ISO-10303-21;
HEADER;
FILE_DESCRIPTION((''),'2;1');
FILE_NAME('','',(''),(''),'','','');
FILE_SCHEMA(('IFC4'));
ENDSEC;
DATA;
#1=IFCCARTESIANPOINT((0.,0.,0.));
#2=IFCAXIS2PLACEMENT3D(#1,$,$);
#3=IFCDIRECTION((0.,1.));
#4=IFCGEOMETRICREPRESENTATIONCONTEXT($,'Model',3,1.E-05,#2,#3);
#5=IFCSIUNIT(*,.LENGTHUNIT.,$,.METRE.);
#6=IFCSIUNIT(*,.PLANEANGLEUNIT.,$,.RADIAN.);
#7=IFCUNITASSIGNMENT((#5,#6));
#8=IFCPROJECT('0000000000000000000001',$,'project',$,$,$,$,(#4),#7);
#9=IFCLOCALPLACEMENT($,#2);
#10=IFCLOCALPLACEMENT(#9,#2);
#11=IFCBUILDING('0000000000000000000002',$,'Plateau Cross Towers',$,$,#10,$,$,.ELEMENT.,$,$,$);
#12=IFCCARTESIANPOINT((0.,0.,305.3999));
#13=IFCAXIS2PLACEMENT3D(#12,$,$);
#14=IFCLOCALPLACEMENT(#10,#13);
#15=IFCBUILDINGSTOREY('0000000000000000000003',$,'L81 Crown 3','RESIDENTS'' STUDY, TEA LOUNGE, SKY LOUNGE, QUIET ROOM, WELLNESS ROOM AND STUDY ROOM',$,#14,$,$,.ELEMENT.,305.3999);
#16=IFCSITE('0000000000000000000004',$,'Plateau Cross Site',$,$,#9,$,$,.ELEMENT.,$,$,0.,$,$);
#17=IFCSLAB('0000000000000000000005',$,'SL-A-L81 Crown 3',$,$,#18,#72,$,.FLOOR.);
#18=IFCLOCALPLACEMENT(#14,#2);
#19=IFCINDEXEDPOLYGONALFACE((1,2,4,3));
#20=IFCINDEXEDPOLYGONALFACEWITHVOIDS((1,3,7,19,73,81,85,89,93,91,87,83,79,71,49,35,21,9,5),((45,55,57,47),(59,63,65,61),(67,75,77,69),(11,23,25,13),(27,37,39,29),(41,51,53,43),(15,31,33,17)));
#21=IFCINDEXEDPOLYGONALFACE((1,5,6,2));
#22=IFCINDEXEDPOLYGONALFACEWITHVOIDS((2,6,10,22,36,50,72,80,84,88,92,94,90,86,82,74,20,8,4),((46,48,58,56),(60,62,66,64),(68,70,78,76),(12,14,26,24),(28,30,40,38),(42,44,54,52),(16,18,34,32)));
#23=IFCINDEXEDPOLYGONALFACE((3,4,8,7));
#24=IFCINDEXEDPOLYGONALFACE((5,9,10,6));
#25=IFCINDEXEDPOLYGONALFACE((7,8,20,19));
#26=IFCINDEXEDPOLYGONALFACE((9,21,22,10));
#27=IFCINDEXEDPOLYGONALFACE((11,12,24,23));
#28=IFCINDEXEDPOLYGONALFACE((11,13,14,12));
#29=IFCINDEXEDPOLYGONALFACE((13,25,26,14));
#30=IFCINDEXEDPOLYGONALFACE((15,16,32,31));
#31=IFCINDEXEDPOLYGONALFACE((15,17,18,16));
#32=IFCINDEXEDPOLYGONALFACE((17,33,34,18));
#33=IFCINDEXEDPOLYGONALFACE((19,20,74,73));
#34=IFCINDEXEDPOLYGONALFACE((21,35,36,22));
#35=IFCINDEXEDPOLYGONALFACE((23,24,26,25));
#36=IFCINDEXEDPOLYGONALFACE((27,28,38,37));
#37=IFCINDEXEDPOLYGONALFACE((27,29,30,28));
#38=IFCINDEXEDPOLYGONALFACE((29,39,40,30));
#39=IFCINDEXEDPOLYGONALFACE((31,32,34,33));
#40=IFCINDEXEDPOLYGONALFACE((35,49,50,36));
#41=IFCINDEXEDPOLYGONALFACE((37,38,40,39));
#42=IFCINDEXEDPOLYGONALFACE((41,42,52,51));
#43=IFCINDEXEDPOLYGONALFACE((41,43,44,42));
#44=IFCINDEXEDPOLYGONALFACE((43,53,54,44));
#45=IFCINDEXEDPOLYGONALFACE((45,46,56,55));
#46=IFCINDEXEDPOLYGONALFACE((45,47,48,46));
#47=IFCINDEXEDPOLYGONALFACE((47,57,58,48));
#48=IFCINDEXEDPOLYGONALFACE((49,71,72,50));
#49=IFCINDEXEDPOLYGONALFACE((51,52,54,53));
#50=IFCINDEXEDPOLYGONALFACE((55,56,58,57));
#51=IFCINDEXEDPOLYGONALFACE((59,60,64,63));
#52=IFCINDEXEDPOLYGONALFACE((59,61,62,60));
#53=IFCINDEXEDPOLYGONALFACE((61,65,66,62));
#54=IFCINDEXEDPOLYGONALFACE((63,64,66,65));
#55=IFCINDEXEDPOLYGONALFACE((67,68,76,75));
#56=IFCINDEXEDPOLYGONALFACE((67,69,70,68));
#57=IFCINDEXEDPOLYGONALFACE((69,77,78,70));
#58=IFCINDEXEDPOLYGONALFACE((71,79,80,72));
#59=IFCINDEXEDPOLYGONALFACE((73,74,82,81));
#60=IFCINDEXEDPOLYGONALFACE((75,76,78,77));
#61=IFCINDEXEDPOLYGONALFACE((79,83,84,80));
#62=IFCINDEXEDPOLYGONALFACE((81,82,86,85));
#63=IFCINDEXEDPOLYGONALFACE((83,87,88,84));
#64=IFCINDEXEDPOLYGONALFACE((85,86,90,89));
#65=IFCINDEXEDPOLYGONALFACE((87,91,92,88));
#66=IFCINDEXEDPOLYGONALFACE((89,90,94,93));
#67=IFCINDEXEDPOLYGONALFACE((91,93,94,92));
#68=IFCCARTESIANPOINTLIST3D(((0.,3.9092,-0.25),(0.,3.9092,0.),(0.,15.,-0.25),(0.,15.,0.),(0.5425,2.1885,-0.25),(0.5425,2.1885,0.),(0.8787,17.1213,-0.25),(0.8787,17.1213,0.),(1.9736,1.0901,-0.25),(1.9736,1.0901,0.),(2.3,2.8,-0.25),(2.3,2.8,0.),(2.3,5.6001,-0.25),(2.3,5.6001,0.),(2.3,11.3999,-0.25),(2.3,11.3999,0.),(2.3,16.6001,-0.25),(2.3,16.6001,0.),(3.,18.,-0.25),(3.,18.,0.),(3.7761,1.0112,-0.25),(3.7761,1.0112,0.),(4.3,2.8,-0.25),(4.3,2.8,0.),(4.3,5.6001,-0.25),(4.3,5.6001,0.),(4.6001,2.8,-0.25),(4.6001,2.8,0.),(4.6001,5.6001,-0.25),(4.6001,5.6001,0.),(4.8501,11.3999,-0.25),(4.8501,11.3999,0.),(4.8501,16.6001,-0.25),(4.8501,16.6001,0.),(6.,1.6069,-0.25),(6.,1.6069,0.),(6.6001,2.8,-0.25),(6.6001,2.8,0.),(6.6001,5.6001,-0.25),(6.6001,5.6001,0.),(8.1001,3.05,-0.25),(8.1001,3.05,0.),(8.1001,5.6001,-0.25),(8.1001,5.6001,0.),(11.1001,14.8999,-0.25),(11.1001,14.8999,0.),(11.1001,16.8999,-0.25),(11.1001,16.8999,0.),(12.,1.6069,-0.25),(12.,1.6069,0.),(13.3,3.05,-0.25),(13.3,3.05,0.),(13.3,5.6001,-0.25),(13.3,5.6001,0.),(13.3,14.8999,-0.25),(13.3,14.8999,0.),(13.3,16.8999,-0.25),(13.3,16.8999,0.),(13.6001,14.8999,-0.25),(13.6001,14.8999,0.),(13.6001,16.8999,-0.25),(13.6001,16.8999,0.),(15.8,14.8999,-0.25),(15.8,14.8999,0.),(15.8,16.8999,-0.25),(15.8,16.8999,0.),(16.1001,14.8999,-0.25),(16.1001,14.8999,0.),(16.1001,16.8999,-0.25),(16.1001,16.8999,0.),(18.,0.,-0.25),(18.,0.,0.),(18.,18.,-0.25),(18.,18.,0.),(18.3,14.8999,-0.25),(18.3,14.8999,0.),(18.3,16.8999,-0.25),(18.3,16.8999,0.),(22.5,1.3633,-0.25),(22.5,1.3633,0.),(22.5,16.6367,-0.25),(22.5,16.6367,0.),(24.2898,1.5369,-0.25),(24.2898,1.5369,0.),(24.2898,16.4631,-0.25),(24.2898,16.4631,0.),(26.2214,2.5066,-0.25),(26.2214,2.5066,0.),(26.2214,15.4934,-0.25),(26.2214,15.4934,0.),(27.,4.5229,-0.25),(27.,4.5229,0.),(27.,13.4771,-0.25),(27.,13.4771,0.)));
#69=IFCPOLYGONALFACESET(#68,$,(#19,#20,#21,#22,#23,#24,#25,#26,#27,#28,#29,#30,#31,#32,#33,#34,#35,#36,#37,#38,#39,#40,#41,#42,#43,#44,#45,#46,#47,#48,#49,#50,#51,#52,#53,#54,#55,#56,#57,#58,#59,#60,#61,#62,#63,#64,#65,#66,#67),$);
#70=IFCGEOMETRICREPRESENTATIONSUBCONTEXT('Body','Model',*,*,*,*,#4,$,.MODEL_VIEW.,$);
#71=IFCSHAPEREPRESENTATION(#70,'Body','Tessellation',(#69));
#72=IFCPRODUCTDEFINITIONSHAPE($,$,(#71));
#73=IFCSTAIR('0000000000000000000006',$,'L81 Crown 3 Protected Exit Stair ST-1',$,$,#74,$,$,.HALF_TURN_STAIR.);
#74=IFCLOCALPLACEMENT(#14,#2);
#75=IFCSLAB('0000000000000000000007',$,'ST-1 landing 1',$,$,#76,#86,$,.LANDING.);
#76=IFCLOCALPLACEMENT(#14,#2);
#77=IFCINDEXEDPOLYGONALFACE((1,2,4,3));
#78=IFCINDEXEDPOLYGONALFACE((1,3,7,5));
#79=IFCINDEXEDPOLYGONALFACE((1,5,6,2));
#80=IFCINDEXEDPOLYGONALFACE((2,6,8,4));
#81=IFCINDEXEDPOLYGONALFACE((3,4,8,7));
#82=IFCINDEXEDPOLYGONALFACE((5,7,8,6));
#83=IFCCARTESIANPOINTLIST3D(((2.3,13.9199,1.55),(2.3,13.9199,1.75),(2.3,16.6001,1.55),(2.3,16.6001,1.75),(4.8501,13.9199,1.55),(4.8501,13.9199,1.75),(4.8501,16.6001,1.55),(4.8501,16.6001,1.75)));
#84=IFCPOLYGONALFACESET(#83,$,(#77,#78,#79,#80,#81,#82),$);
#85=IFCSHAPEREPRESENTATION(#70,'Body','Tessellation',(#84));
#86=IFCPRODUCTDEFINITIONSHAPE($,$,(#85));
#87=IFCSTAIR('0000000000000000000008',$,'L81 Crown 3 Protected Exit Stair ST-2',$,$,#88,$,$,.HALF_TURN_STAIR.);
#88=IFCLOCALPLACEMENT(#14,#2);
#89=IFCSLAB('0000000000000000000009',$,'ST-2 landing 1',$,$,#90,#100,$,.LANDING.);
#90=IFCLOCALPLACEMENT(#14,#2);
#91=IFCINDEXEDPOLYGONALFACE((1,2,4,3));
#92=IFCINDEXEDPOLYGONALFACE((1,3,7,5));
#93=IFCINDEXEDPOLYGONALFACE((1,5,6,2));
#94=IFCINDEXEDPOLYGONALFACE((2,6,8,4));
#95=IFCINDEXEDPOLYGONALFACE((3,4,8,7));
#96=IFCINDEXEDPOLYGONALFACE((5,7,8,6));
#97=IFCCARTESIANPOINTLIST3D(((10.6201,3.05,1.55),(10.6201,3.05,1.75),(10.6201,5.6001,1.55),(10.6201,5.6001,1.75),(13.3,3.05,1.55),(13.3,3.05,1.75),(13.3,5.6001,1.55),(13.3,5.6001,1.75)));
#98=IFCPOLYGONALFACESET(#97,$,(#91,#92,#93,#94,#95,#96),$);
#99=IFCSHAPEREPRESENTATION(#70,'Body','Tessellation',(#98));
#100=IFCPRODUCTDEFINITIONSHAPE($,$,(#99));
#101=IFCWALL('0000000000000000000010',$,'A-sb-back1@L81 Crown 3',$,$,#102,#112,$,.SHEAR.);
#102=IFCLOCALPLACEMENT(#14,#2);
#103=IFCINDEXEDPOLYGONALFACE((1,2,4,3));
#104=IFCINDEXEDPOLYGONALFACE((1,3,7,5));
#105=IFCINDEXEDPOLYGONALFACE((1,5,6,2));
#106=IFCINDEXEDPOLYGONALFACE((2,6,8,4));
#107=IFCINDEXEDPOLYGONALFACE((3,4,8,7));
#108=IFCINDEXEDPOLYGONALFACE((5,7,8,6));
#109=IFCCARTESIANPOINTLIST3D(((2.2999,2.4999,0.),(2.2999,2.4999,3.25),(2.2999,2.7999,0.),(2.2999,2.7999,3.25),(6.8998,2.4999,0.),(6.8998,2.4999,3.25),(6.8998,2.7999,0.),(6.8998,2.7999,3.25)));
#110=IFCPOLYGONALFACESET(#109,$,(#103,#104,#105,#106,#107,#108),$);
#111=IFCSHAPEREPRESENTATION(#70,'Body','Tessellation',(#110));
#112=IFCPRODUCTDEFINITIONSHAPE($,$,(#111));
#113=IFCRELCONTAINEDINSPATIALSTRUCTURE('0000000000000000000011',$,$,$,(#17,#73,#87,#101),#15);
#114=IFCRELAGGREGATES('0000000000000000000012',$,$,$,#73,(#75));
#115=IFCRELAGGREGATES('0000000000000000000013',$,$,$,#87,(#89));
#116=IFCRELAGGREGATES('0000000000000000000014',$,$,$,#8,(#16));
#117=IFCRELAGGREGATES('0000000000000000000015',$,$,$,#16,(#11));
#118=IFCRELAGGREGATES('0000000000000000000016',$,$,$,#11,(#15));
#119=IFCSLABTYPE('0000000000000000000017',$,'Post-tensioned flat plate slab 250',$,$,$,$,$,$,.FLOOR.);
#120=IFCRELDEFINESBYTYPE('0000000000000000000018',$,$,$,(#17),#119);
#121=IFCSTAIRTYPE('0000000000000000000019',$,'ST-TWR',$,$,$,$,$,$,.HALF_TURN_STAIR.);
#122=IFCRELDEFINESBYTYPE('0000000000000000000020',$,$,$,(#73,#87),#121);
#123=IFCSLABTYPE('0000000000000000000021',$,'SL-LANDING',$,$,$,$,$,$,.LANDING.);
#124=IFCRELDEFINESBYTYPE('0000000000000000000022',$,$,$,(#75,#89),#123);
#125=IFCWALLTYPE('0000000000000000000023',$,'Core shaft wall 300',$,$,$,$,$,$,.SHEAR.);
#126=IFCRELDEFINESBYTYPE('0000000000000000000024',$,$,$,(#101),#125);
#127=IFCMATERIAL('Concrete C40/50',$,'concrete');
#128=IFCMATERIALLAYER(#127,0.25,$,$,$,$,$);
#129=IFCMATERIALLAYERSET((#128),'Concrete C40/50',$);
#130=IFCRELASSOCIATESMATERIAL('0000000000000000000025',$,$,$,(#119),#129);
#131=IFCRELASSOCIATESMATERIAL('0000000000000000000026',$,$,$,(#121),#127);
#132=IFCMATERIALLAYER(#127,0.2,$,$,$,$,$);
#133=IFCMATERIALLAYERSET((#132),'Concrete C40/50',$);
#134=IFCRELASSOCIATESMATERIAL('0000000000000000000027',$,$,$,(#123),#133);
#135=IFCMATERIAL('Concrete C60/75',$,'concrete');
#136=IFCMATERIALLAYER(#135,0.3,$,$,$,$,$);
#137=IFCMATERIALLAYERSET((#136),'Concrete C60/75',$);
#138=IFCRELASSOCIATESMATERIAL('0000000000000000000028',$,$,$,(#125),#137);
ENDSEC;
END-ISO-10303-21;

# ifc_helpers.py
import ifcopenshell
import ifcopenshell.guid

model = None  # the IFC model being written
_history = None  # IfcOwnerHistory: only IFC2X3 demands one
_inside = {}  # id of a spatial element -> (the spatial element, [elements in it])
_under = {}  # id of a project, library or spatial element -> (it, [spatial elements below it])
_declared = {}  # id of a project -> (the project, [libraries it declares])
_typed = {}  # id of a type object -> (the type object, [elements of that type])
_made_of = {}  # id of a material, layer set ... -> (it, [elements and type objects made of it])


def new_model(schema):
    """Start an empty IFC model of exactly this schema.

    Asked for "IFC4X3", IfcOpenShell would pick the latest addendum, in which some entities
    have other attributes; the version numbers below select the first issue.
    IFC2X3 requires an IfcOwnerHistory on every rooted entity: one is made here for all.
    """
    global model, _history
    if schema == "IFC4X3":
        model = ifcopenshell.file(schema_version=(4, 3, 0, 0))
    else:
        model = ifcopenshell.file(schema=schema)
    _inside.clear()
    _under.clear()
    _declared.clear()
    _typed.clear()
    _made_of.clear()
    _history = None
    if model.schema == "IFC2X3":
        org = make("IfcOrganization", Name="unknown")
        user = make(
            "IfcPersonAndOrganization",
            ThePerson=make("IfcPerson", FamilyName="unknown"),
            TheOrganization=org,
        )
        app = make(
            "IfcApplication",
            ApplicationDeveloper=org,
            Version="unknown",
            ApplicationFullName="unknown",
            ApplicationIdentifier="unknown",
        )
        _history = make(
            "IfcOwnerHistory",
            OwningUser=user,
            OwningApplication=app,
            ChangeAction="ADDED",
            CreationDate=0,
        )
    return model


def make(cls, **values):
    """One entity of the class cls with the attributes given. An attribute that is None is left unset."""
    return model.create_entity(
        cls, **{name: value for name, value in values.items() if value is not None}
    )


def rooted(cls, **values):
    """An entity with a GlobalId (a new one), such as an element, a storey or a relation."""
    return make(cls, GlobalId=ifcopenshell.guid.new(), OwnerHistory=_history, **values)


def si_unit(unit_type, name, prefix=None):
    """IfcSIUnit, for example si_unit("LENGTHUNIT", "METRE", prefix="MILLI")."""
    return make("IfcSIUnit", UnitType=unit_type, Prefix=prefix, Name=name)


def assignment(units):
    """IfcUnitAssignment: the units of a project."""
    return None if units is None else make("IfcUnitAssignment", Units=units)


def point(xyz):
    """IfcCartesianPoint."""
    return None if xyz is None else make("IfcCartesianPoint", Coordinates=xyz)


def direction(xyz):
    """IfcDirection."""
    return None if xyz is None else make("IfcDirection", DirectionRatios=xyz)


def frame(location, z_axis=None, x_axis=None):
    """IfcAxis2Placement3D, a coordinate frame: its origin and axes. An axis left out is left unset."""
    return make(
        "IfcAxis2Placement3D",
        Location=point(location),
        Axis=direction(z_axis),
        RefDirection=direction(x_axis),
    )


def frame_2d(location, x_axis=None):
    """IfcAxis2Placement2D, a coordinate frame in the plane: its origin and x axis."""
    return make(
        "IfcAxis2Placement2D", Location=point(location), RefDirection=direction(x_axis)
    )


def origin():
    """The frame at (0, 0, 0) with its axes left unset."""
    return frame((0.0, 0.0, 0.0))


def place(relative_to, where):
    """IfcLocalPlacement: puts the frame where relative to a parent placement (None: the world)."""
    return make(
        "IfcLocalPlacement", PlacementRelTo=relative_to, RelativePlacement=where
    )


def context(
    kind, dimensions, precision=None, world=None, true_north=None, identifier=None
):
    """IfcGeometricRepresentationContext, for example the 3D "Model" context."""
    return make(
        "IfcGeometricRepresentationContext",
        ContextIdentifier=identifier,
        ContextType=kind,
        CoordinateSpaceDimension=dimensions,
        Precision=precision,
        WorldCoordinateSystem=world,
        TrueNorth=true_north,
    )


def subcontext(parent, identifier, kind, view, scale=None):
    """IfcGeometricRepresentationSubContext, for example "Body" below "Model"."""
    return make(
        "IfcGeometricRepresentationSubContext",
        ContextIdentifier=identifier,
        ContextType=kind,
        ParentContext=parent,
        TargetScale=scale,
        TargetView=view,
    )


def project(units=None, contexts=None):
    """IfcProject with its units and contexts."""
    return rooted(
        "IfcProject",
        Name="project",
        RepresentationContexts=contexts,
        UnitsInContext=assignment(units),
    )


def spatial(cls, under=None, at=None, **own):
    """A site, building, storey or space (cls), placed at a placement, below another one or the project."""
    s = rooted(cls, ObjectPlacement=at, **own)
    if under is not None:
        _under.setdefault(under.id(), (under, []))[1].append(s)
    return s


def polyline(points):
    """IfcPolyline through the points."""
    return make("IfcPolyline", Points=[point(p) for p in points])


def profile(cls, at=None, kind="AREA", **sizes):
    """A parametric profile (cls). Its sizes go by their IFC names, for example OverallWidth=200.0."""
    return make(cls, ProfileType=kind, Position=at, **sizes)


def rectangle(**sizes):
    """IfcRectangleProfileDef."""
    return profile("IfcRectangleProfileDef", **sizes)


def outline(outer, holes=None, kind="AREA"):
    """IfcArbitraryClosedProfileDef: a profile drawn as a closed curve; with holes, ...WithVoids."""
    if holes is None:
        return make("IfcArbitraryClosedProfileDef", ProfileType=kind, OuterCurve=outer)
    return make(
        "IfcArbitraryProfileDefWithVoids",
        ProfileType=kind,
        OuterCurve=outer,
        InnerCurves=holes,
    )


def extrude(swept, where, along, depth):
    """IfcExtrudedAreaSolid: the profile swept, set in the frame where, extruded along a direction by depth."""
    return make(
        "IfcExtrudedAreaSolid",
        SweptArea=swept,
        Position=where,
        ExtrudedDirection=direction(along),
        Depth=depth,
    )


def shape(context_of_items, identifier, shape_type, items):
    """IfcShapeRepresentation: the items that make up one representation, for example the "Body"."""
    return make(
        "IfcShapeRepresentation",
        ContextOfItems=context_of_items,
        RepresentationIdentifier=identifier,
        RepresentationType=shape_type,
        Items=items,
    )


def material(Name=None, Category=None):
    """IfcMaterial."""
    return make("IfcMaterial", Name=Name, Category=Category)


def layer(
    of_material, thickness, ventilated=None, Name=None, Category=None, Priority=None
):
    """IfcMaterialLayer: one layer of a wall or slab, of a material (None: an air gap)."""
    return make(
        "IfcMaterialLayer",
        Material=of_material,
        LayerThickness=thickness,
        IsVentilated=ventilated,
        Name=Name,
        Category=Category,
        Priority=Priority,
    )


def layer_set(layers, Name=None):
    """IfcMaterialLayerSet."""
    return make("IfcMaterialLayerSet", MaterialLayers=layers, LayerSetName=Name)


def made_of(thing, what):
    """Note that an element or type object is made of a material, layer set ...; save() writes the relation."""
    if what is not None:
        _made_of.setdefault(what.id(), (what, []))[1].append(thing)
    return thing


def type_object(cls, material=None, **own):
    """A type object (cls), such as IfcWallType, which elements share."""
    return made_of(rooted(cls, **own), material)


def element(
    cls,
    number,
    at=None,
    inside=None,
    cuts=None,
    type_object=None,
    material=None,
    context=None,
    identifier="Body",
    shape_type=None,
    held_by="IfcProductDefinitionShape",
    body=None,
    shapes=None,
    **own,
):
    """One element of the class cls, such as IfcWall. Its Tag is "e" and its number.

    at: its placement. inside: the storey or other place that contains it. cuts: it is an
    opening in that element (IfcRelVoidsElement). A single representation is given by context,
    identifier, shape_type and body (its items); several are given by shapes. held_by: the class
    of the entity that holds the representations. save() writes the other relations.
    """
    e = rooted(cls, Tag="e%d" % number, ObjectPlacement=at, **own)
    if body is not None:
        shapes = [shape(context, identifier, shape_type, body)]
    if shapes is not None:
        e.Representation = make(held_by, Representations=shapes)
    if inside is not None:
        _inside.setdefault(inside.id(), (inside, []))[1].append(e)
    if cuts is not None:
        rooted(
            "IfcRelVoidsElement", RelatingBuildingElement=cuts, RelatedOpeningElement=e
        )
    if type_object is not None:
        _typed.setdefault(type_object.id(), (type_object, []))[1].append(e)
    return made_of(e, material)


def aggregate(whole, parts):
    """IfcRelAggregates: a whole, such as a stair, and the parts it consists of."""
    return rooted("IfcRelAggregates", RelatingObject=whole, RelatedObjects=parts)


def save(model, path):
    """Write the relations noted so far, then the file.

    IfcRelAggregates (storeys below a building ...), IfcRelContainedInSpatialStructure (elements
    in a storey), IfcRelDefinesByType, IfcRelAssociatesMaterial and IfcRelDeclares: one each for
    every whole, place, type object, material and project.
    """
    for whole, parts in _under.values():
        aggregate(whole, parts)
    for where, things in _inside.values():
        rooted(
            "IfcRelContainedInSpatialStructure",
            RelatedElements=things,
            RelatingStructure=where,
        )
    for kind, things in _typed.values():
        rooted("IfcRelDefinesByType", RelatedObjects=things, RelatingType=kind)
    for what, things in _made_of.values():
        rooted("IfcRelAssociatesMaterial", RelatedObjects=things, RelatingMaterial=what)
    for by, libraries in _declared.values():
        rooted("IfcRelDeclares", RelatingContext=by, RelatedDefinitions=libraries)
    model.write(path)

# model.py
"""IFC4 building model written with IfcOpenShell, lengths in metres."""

from ifc_helpers import new_model, si_unit, direction, frame, frame_2d, origin, place, context, subcontext, project, spatial, polyline, rectangle, outline, extrude, material, layer, layer_set, type_object, element, aggregate, save


model = new_model("IFC4")

# Units and contexts
model_context = context("Model", 3, precision=1e-05, world=origin(), true_north=direction((0.0, 1.0)))
body_context = subcontext(model_context, "Body", "Model", "MODEL_VIEW")
ifc_project = project(units=[si_unit("LENGTHUNIT", "METRE"), si_unit("PLANEANGLEUNIT", "RADIAN")], contexts=[model_context])

# Site, building, storey
site_placement = place(None, origin())
site = spatial("IfcSite", under=ifc_project, at=site_placement, Name="Plateau Cross Site", CompositionType="ELEMENT", RefElevation=0.0)
building_placement = place(site_placement, origin())
building = spatial("IfcBuilding", under=site, at=building_placement, Name="Plateau Cross Towers", CompositionType="ELEMENT")
storey_placement = place(building_placement, frame((0.0, 0.0, 305.3999)))
storey = spatial("IfcBuildingStorey", under=building, at=storey_placement, Name="L81 Crown 3", Description="RESIDENTS' STUDY, TEA LOUNGE, SKY LOUNGE, QUIET ROOM, WELLNESS ROOM AND STUDY ROOM", CompositionType="ELEMENT", Elevation=305.3999)

# Shared definitions
ifc_material_1 = material(Name="Concrete C60/75", Category="concrete")

# Slab
ifc_material_2 = material(Name="Concrete C40/50", Category="concrete")
ifc_layer_1 = layer(ifc_material_2, 0.25)
ifc_layer_set_1 = layer_set([ifc_layer_1], Name="Concrete C40/50")
slab_type_1 = type_object("IfcSlabType", Name="Post-tensioned flat plate slab 250", PredefinedType="FLOOR", material=ifc_layer_set_1)
slab_1_placement = place(storey_placement, frame((0.0, 0.0, -0.25)))
element("IfcSlab", 1, at=slab_1_placement, inside=storey, type_object=slab_type_1, Name="SL-A-L81 Crown 3", PredefinedType="FLOOR", context=body_context, shape_type="SweptSolid", body=[
    extrude(outline(polyline([(1.9736, 1.0901), (0.5425, 2.1885), (0.0, 3.9092), (0.0, 15.0), (0.8787, 17.1213), (3.0, 18.0), (18.0, 18.0), (22.5, 16.6367), (24.2898, 16.4631), (26.2214, 15.4934), (27.0, 13.4771), (27.0, 4.5229), (26.2214, 2.5066), (24.2898, 1.5369), (22.5, 1.3633), (18.0, 0.0), (12.0, 1.6069), (6.0, 1.6069), (3.7761, 1.0112), (1.9736, 1.0901)]), holes=[polyline([(2.3, 5.6001), (2.3, 2.8), (4.3, 2.8), (4.3, 5.6001), (2.3, 5.6001)]), polyline([(6.6001, 5.6001), (4.6001, 5.6001), (4.6001, 2.8), (6.6001, 2.8), (6.6001, 5.6001)]), polyline([(13.3, 5.6001), (8.1001, 5.6001), (8.1001, 3.05), (13.3, 3.05), (13.3, 5.6001)]), polyline([(2.3, 16.6001), (2.3, 11.3999), (4.8501, 11.3999), (4.8501, 16.6001), (2.3, 16.6001)]), polyline([(13.3, 16.8999), (11.1001, 16.8999), (11.1001, 14.8999), (13.3, 14.8999), (13.3, 16.8999)]), polyline([(15.8, 16.8999), (13.6001, 16.8999), (13.6001, 14.8999), (15.8, 14.8999), (15.8, 16.8999)]), polyline([(18.3, 16.8999), (16.1001, 16.8999), (16.1001, 14.8999), (18.3, 14.8999), (18.3, 16.8999)])]), origin(), (0.0, 0.0, 1.0), 0.25),
])

# Stairs, slabs
stair_type = type_object("IfcStairType", Name="ST-TWR", PredefinedType="HALF_TURN_STAIR", material=ifc_material_2)
stair_1_placement = place(storey_placement, origin())
stair_1 = element("IfcStair", 2, at=stair_1_placement, inside=storey, type_object=stair_type, Name="L81 Crown 3 Protected Exit Stair ST-1", PredefinedType="HALF_TURN_STAIR")
ifc_layer_2 = layer(ifc_material_2, 0.2)
ifc_layer_set_2 = layer_set([ifc_layer_2], Name="Concrete C40/50")
slab_type_2 = type_object("IfcSlabType", Name="SL-LANDING", PredefinedType="LANDING", material=ifc_layer_set_2)
slab_2_placement = place(storey_placement, frame((0.0, 0.0, 1.55)))
slab_2 = element("IfcSlab", 3, at=slab_2_placement, type_object=slab_type_2, Name="ST-1 landing 1", PredefinedType="LANDING", context=body_context, shape_type="SweptSolid", body=[
    extrude(outline(polyline([(4.8501, 13.9199), (4.8501, 16.6001), (2.3, 16.6001), (2.3, 13.9199), (4.8501, 13.9199)])), origin(), (0.0, 0.0, 1.0), 0.2),
])
aggregate(stair_1, [slab_2])
stair_2_placement = place(storey_placement, origin())
stair_2 = element("IfcStair", 4, at=stair_2_placement, inside=storey, type_object=stair_type, Name="L81 Crown 3 Protected Exit Stair ST-2", PredefinedType="HALF_TURN_STAIR")
slab_3_placement = place(storey_placement, frame((0.0, 0.0, 1.55)))
slab_3 = element("IfcSlab", 5, at=slab_3_placement, type_object=slab_type_2, Name="ST-2 landing 1", PredefinedType="LANDING", context=body_context, shape_type="SweptSolid", body=[
    extrude(outline(polyline([(10.6201, 3.05), (13.3, 3.05), (13.3, 5.6001), (10.6201, 5.6001), (10.6201, 3.05)])), origin(), (0.0, 0.0, 1.0), 0.2),
])
aggregate(stair_2, [slab_3])

# Wall
ifc_layer_3 = layer(ifc_material_1, 0.3)
ifc_layer_set_3 = layer_set([ifc_layer_3], Name="Concrete C60/75")
wall_type_1 = type_object("IfcWallType", Name="Core shaft wall 300", PredefinedType="SHEAR", material=ifc_layer_set_3)
wall_1_placement = place(storey_placement, frame((2.3, 2.6499, 0.0), z_axis=(0.0, 0.0, 1.0), x_axis=(1.0, 0.0, 0.0)))
element("IfcWall", 6, at=wall_1_placement, inside=storey, type_object=wall_type_1, Name="A-sb-back1@L81 Crown 3", PredefinedType="SHEAR", context=body_context, shape_type="SweptSolid", body=[
    extrude(rectangle(XDim=4.5999, YDim=0.3, at=frame_2d((2.2998, 0.0))), origin(), (0.0, 0.0, 1.0), 3.25),
])

save(model, "model.ifc")
